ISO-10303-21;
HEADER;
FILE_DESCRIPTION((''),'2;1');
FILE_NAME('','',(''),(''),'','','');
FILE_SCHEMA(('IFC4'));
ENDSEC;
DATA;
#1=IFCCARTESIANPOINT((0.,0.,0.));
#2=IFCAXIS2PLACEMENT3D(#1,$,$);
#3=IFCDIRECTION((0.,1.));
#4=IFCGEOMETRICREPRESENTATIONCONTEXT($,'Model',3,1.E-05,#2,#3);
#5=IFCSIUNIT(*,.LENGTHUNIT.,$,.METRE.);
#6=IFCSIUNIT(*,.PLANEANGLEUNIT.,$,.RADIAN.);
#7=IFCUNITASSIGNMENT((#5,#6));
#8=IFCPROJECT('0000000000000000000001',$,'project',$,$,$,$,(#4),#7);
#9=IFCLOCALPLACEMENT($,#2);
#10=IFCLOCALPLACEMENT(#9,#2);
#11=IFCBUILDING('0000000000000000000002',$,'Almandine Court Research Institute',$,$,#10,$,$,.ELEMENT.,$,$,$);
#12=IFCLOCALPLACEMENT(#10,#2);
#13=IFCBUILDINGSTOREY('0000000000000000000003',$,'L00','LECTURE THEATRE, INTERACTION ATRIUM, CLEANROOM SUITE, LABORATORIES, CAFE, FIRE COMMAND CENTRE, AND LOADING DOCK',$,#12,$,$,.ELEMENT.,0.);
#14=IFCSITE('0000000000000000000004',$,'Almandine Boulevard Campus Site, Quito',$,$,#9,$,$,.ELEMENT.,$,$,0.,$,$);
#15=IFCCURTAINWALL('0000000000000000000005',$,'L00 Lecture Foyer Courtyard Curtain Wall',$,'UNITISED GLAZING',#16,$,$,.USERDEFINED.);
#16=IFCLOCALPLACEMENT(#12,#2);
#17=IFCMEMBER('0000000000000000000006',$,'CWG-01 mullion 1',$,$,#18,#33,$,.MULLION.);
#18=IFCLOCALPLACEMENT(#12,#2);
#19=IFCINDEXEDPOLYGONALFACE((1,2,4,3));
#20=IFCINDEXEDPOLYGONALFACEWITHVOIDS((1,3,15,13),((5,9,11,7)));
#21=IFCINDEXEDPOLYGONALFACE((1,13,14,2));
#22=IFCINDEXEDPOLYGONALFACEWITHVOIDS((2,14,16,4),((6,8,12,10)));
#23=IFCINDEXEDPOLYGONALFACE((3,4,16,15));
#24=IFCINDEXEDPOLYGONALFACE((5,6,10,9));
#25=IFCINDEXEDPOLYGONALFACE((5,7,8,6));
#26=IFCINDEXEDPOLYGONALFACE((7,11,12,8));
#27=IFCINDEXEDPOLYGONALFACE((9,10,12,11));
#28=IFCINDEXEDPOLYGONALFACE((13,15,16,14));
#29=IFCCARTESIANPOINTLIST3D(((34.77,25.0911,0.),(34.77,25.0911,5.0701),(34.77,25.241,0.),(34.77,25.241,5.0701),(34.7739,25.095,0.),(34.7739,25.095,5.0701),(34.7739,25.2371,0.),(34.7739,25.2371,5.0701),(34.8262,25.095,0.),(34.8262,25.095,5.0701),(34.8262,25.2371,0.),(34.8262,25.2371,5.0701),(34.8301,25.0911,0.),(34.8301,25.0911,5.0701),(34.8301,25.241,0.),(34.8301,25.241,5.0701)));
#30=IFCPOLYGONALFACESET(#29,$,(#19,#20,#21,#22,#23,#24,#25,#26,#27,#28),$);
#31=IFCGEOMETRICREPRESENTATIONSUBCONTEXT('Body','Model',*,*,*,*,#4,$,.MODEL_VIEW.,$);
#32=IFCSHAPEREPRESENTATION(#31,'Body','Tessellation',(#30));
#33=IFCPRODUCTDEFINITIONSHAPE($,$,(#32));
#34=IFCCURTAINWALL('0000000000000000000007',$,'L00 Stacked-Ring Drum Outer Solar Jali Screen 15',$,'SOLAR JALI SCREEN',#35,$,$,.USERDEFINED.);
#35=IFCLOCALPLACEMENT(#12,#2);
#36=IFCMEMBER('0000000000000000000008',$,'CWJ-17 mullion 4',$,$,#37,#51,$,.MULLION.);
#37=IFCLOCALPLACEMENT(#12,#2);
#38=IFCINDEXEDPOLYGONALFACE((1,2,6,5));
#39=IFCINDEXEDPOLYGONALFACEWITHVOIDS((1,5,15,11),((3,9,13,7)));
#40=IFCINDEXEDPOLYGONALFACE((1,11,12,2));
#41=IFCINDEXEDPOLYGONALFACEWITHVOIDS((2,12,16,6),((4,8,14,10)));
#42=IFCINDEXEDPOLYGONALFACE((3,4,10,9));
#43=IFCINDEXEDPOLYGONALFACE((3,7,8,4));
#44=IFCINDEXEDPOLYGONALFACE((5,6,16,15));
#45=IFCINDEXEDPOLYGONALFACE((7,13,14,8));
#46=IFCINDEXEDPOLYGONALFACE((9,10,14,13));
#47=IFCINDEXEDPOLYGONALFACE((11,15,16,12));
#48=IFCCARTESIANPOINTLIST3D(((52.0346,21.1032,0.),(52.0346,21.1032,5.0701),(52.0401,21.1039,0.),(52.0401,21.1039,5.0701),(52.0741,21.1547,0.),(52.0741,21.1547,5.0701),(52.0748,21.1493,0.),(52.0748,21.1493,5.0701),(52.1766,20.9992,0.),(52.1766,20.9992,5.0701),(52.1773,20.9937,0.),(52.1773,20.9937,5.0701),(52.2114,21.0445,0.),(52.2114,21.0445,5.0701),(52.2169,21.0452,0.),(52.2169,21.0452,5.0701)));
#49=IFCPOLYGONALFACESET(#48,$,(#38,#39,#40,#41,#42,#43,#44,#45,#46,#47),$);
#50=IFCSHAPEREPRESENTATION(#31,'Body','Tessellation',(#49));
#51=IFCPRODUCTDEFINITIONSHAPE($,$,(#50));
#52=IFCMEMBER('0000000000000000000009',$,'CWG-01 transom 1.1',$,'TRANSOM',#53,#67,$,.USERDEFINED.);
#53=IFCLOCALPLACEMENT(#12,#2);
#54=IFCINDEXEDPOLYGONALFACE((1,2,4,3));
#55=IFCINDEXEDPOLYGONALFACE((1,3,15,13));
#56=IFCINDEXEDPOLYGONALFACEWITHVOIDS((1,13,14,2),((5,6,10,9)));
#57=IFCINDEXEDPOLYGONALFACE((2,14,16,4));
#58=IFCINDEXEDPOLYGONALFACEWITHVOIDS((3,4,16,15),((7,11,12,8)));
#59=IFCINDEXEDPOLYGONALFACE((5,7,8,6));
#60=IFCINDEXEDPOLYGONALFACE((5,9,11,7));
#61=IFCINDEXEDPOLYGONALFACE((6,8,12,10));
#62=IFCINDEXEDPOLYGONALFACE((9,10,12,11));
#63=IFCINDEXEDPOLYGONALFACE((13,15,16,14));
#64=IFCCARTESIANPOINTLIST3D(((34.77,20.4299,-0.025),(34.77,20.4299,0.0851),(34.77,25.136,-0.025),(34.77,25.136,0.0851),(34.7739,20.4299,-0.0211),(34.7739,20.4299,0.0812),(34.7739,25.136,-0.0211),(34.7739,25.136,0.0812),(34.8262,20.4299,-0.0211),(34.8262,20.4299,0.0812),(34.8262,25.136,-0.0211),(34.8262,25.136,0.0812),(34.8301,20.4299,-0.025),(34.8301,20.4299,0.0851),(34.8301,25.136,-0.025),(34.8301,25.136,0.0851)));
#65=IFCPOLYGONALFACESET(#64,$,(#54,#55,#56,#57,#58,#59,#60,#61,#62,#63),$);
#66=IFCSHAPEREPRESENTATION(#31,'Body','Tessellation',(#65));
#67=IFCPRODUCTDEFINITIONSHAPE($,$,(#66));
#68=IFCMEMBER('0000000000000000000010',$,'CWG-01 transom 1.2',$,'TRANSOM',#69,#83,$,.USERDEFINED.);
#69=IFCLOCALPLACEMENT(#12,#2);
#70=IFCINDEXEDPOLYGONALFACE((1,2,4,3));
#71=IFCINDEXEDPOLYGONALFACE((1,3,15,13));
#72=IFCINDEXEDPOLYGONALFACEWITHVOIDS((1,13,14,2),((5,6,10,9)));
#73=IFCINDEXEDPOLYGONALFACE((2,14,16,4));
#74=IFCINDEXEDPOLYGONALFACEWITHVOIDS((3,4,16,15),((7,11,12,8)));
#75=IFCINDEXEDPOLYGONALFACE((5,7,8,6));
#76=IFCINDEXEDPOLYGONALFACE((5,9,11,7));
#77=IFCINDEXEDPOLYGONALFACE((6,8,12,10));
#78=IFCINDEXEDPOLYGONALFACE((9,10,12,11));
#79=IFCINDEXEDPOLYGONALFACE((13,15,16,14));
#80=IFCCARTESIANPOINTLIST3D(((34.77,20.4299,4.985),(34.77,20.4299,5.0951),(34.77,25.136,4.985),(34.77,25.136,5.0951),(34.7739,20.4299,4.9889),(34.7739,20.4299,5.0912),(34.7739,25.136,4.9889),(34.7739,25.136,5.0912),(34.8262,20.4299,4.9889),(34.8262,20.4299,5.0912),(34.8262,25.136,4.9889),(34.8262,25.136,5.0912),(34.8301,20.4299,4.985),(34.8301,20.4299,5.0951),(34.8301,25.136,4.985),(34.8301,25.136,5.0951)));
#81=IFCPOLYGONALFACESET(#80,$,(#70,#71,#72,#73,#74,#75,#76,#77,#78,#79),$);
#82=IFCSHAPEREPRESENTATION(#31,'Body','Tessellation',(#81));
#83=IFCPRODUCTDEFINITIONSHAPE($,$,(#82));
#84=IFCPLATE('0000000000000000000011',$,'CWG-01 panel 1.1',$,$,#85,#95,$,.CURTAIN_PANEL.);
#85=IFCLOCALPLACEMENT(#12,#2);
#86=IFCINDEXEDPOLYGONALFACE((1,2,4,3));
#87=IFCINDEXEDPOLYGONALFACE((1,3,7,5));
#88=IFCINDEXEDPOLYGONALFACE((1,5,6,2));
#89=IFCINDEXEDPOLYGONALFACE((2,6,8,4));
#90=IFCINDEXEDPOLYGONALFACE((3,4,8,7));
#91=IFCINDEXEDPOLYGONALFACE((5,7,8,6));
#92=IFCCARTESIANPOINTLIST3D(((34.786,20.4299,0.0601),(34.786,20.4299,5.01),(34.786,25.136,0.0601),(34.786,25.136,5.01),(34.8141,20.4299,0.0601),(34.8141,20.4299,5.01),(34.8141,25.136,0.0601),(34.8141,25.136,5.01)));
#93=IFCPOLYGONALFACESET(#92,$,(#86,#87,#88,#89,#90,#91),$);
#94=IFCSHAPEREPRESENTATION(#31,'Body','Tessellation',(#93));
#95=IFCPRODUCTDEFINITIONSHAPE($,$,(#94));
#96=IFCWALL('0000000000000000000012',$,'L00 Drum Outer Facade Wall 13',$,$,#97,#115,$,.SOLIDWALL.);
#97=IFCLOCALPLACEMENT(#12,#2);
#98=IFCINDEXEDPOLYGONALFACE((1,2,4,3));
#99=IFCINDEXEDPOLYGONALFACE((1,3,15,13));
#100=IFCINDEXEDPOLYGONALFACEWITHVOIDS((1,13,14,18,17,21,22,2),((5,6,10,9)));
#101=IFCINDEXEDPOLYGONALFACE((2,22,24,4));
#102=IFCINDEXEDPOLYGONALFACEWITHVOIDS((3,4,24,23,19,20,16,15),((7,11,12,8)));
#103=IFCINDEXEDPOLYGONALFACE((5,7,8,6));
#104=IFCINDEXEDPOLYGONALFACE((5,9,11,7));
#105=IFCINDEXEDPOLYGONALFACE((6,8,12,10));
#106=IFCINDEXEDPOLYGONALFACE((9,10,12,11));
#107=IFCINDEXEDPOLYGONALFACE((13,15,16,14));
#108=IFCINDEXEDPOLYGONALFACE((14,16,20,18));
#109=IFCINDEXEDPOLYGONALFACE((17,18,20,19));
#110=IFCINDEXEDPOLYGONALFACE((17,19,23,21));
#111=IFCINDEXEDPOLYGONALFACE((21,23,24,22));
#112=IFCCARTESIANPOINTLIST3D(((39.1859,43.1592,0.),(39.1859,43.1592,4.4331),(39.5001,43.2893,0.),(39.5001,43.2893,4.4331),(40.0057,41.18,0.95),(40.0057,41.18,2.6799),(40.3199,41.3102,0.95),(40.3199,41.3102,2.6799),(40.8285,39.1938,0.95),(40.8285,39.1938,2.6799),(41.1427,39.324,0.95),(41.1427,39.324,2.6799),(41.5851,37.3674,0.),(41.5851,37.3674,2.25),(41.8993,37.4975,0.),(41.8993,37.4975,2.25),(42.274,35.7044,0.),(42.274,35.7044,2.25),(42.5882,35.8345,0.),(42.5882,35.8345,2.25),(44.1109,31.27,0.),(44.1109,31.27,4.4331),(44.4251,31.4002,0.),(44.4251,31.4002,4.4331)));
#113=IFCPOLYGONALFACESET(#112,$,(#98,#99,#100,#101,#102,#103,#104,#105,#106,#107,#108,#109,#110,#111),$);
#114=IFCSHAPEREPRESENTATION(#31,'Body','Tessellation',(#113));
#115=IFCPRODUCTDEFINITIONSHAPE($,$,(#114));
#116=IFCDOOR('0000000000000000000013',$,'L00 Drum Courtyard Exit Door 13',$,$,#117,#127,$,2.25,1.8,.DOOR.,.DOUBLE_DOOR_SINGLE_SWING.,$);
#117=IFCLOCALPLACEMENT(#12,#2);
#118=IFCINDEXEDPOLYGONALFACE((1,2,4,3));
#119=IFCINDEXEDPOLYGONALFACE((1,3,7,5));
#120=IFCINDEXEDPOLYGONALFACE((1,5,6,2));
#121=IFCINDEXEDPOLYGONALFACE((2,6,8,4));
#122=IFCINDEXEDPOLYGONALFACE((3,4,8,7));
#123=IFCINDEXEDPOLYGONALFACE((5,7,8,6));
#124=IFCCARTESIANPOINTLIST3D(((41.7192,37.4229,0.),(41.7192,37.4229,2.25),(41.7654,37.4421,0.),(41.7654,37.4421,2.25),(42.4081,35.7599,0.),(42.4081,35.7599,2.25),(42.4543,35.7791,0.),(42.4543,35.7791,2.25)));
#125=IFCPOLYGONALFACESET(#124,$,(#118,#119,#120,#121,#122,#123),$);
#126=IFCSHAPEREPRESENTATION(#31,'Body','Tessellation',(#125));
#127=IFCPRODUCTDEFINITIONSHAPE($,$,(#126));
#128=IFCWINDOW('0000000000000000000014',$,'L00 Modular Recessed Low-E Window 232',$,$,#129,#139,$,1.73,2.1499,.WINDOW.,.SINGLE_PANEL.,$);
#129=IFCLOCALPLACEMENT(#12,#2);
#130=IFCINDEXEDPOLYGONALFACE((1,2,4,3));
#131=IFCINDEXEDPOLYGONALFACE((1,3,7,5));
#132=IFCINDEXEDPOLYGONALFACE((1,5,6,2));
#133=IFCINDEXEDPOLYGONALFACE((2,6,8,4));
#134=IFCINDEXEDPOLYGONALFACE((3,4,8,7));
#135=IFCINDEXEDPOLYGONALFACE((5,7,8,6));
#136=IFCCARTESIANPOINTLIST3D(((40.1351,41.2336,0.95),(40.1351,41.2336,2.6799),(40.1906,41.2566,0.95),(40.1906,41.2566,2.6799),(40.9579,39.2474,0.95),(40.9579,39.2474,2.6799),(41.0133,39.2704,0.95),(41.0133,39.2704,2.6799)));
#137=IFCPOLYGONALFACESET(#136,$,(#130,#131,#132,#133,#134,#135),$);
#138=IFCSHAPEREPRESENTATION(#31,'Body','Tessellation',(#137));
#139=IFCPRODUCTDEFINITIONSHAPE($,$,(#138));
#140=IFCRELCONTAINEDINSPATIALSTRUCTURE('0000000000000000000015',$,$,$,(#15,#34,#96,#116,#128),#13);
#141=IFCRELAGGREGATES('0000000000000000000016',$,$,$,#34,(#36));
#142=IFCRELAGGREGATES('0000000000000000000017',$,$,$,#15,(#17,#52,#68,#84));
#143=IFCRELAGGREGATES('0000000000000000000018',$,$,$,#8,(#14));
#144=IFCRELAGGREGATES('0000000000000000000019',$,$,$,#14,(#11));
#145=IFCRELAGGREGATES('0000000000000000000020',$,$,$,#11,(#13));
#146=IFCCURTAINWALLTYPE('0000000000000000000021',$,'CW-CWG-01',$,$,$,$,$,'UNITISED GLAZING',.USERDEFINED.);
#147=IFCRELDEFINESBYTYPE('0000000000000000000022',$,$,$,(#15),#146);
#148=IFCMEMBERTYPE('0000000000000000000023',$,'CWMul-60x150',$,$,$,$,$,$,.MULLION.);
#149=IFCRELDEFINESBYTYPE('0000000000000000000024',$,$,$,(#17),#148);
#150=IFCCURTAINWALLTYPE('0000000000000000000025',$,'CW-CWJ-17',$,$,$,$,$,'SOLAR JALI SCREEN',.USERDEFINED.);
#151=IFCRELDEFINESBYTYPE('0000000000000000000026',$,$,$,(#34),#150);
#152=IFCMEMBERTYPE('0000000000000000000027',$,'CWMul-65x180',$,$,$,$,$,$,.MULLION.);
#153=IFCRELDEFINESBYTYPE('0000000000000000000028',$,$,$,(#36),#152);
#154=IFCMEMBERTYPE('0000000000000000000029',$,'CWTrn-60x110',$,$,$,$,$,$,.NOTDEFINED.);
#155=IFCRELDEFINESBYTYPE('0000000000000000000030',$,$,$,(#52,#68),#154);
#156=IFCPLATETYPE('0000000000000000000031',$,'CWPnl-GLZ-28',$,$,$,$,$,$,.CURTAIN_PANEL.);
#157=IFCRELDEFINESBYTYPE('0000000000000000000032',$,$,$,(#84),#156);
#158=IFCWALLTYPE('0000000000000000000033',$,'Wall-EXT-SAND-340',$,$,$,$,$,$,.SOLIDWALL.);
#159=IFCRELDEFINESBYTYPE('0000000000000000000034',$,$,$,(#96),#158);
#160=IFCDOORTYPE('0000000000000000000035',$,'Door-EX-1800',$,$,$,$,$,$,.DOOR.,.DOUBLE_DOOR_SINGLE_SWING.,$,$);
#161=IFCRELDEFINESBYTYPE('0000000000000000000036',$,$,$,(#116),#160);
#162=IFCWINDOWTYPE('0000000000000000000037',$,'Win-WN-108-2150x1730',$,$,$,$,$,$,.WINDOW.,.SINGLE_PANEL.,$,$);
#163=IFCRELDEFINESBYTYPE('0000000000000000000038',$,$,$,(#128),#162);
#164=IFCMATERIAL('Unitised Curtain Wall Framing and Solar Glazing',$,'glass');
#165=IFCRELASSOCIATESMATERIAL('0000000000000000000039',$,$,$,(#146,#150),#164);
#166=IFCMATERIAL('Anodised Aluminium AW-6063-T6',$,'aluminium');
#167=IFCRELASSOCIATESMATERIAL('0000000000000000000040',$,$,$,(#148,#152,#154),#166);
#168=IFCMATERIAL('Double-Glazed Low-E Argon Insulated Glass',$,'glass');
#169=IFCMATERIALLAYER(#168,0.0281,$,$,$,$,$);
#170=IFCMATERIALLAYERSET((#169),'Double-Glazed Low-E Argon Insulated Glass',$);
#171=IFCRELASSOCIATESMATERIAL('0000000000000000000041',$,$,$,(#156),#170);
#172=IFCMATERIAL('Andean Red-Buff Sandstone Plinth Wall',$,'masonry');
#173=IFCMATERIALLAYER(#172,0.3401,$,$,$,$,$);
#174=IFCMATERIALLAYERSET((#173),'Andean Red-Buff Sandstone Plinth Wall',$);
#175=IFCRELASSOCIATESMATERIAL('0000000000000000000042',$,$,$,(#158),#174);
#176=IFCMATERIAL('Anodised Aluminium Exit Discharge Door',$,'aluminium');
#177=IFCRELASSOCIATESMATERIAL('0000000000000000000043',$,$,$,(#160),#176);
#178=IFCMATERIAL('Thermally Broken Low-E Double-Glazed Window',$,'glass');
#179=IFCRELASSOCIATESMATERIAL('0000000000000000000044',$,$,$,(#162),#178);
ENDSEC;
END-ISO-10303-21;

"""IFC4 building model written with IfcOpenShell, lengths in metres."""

from ifc_helpers import new_model, si_unit, direction, frame, frame_2d, origin, origin_2d, place, context, subcontext, project, spatial, rectangle, hollow_rectangle, extrude, material, layer, layer_set, material_profile, profile_set, type_object, element, fill, aggregate, save


model = new_model("IFC4")

# Units and contexts
model_context = context("Model", 3, precision=1e-05, world=origin(), true_north=direction((0.0, 1.0)))
body_context = subcontext(model_context, "Body", "Model", "MODEL_VIEW")
ifc_project = project(units=[si_unit("LENGTHUNIT", "METRE"), si_unit("PLANEANGLEUNIT", "RADIAN")], contexts=[model_context])

# Site, building, storey
site_placement = place(None, origin())
site = spatial("IfcSite", under=ifc_project, at=site_placement, Name="Almandine Boulevard Campus Site, Quito", CompositionType="ELEMENT", RefElevation=0.0)
building_placement = place(site_placement, origin())
building = spatial("IfcBuilding", under=site, at=building_placement, Name="Almandine Court Research Institute", CompositionType="ELEMENT")
storey_placement = place(building_placement, origin())
storey = spatial("IfcBuildingStorey", under=building, at=storey_placement, Name="L00", Description="LECTURE THEATRE, INTERACTION ATRIUM, CLEANROOM SUITE, LABORATORIES, CAFE, FIRE COMMAND CENTRE, AND LOADING DOCK", CompositionType="ELEMENT", Elevation=0.0)

# Curtain walls, members
ifc_material_1 = material(Name="Unitised Curtain Wall Framing and Solar Glazing", Category="glass")
curtain_wall_type_1 = type_object("IfcCurtainWallType", Name="CW-CWG-01", ElementType="UNITISED GLAZING", PredefinedType="USERDEFINED", material=ifc_material_1)
curtain_wall_1_placement = place(storey_placement, origin())
curtain_wall_1 = element("IfcCurtainWall", 1, at=curtain_wall_1_placement, inside=storey, type_object=curtain_wall_type_1, Name="L00 Lecture Foyer Courtyard Curtain Wall", ObjectType="UNITISED GLAZING", PredefinedType="USERDEFINED")
ifc_material_2 = material(Name="Anodised Aluminium AW-6063-T6", Category="aluminium")
ifc_material_profile_1 = material_profile(ifc_material_2, hollow_rectangle(XDim=0.0601, YDim=0.1499, WallThickness=0.0039, at=origin_2d()), Name="ALU RHS 60x150x4")
ifc_profile_set_1 = profile_set([ifc_material_profile_1], Name="Anodised Aluminium AW-6063-T6")
member_type_1 = type_object("IfcMemberType", Name="CWMul-60x150", PredefinedType="MULLION", material=ifc_profile_set_1)
member_1_placement = place(storey_placement, frame((34.8, 25.166, 0.0), z_axis=(0.0, 0.0, 1.0), x_axis=(1.0, 0.0, 0.0)))
member_1 = element("IfcMember", 2, at=member_1_placement, type_object=member_type_1, Name="CWG-01 mullion 1", PredefinedType="MULLION", context=body_context, shape_type="SweptSolid", body=[
    extrude(hollow_rectangle(XDim=0.0601, YDim=0.1499, WallThickness=0.0039, at=origin_2d()), origin(), (0.0, 0.0, 1.0), 5.0701),
])
curtain_wall_type_2 = type_object("IfcCurtainWallType", Name="CW-CWJ-17", ElementType="SOLAR JALI SCREEN", PredefinedType="USERDEFINED", material=ifc_material_1)
curtain_wall_2_placement = place(storey_placement, origin())
curtain_wall_2 = element("IfcCurtainWall", 3, at=curtain_wall_2_placement, inside=storey, type_object=curtain_wall_type_2, Name="L00 Stacked-Ring Drum Outer Solar Jali Screen 15", ObjectType="SOLAR JALI SCREEN", PredefinedType="USERDEFINED")
ifc_material_profile_2 = material_profile(ifc_material_2, hollow_rectangle(XDim=0.0649, YDim=0.1799, WallThickness=0.0039, at=origin_2d()), Name="ALU RHS 65x180x4")
ifc_profile_set_2 = profile_set([ifc_material_profile_2], Name="Anodised Aluminium AW-6063-T6")
member_type_2 = type_object("IfcMemberType", Name="CWMul-65x180", PredefinedType="MULLION", material=ifc_profile_set_2)
member_2_placement = place(storey_placement, frame((52.1257, 21.0742, 0.0), z_axis=(0.0, 0.0, 1.0), x_axis=(-0.608723, -0.793383, 0.0)))
member_2 = element("IfcMember", 4, at=member_2_placement, type_object=member_type_2, Name="CWJ-17 mullion 4", PredefinedType="MULLION", context=body_context, shape_type="SweptSolid", body=[
    extrude(hollow_rectangle(XDim=0.0649, YDim=0.1799, WallThickness=0.0039, at=origin_2d()), origin(), (0.0, 0.0, 1.0), 5.0701),
])
aggregate(curtain_wall_2, [member_2])

# Members
ifc_material_profile_3 = material_profile(ifc_material_2, hollow_rectangle(XDim=0.0601, YDim=0.1101, WallThickness=0.0039, at=origin_2d()), Name="ALU RHS 60x110x4")
ifc_profile_set_3 = profile_set([ifc_material_profile_3], Name="Anodised Aluminium AW-6063-T6")
member_type_3 = type_object("IfcMemberType", Name="CWTrn-60x110", PredefinedType="NOTDEFINED", material=ifc_profile_set_3)
member_3_placement = place(storey_placement, frame((34.8, 25.136, 0.03), z_axis=(0.0, -1.0, 0.0), x_axis=(1.0, 0.0, 0.0)))
member_3 = element("IfcMember", 5, at=member_3_placement, type_object=member_type_3, Name="CWG-01 transom 1.1", ObjectType="TRANSOM", PredefinedType="USERDEFINED", context=body_context, shape_type="SweptSolid", body=[
    extrude(hollow_rectangle(XDim=0.0601, YDim=0.1101, WallThickness=0.0039, at=origin_2d()), origin(), (0.0, 0.0, 1.0), 4.7061),
])
member_4_placement = place(storey_placement, frame((34.8, 25.136, 5.04), z_axis=(0.0, -1.0, 0.0), x_axis=(1.0, 0.0, 0.0)))
member_4 = element("IfcMember", 6, at=member_4_placement, type_object=member_type_3, Name="CWG-01 transom 1.2", ObjectType="TRANSOM", PredefinedType="USERDEFINED", context=body_context, shape_type="SweptSolid", body=[
    extrude(hollow_rectangle(XDim=0.0601, YDim=0.1101, WallThickness=0.0039, at=origin_2d()), origin(), (0.0, 0.0, 1.0), 4.7061),
])

# Plate
ifc_material_3 = material(Name="Double-Glazed Low-E Argon Insulated Glass", Category="glass")
ifc_layer_1 = layer(ifc_material_3, 0.0281)
ifc_layer_set_1 = layer_set([ifc_layer_1], Name="Double-Glazed Low-E Argon Insulated Glass")
plate_type = type_object("IfcPlateType", Name="CWPnl-GLZ-28", PredefinedType="CURTAIN_PANEL", material=ifc_layer_set_1)
plate_placement = place(storey_placement, frame((34.8, 22.783, 0.0601), z_axis=(0.0, 0.0, 1.0), x_axis=(0.0, -1.0, 0.0)))
plate = element("IfcPlate", 7, at=plate_placement, type_object=plate_type, Name="CWG-01 panel 1.1", PredefinedType="CURTAIN_PANEL", context=body_context, shape_type="SweptSolid", body=[
    extrude(rectangle(XDim=4.7061, YDim=0.0281, at=origin_2d()), origin(), (0.0, 0.0, 1.0), 4.95),
])
aggregate(curtain_wall_1, [member_1, member_3, member_4, plate])

# Wall, openings, door, window
ifc_material_4 = material(Name="Andean Red-Buff Sandstone Plinth Wall", Category="masonry")
ifc_layer_2 = layer(ifc_material_4, 0.3401)
ifc_layer_set_2 = layer_set([ifc_layer_2], Name="Andean Red-Buff Sandstone Plinth Wall")
wall_type_1 = type_object("IfcWallType", Name="Wall-EXT-SAND-340", PredefinedType="SOLIDWALL", material=ifc_layer_set_2)
wall_1_placement = place(storey_placement, frame((44.2681, 31.335, 0.0), z_axis=(0.0, 0.0, 1.0), x_axis=(-0.38271, 0.923869, 0.0)))
wall_1 = element("IfcWall", 8, at=wall_1_placement, inside=storey, type_object=wall_type_1, Name="L00 Drum Outer Facade Wall 13", PredefinedType="SOLIDWALL", context=body_context, shape_type="SweptSolid", body=[
    extrude(rectangle(XDim=12.8689, YDim=0.3401, at=frame_2d((6.4346, 0.0))), origin(), (0.0, 0.0, 1.0), 4.4331),
])
opening_1_placement = place(wall_1_placement, frame((4.8, 0.0, 0.0)))
opening_1 = element("IfcOpeningElement", 9, at=opening_1_placement, cuts=wall_1, PredefinedType="OPENING", context=body_context, shape_type="SweptSolid", body=[
    extrude(rectangle(XDim=1.8, YDim=2.25, at=frame_2d((0.8999, 1.125))), frame((0.0, 0.1799, 0.0), z_axis=(0.0, -1.0, 0.0), x_axis=(1.0, 0.0, 0.0)), (0.0, 0.0, 1.0), 0.3601),
])
opening_2_placement = place(wall_1_placement, frame((8.5769, 0.0, 0.95)))
opening_2 = element("IfcOpeningElement", 10, at=opening_2_placement, cuts=wall_1, PredefinedType="OPENING", context=body_context, shape_type="SweptSolid", body=[
    extrude(rectangle(XDim=2.1499, YDim=1.73, at=frame_2d((1.075, 0.865))), frame((0.0, 0.1799, 0.0), z_axis=(0.0, -1.0, 0.0), x_axis=(1.0, 0.0, 0.0)), (0.0, 0.0, 1.0), 0.3601),
])
ifc_material_5 = material(Name="Anodised Aluminium Exit Discharge Door", Category="aluminium")
door_type_1 = type_object("IfcDoorType", Name="Door-EX-1800", OperationType="DOUBLE_DOOR_SINGLE_SWING", PredefinedType="DOOR", material=ifc_material_5)
door_1_placement = place(opening_1_placement, origin())
door_1 = element("IfcDoor", 11, at=door_1_placement, inside=storey, type_object=door_type_1, Name="L00 Drum Courtyard Exit Door 13", OperationType="DOUBLE_DOOR_SINGLE_SWING", OverallHeight=2.25, OverallWidth=1.8, PredefinedType="DOOR", context=body_context, shape_type="SweptSolid", body=[
    extrude(rectangle(XDim=1.8, YDim=2.25, at=frame_2d((0.8999, 1.125))), frame((0.0, 0.0249, 0.0), z_axis=(0.0, -1.0, 0.0), x_axis=(1.0, 0.0, 0.0)), (0.0, 0.0, 1.0), 0.05),
])
fill(opening_1, door_1)
ifc_material_6 = material(Name="Thermally Broken Low-E Double-Glazed Window", Category="glass")
window_type_1 = type_object("IfcWindowType", Name="Win-WN-108-2150x1730", PartitioningType="SINGLE_PANEL", PredefinedType="WINDOW", material=ifc_material_6)
window_1_placement = place(opening_2_placement, origin())
window_1 = element("IfcWindow", 12, at=window_1_placement, inside=storey, type_object=window_type_1, Name="L00 Modular Recessed Low-E Window 232", OverallHeight=1.73, OverallWidth=2.1499, PartitioningType="SINGLE_PANEL", PredefinedType="WINDOW", context=body_context, shape_type="SweptSolid", body=[
    extrude(rectangle(XDim=2.1499, YDim=1.73, at=frame_2d((1.075, 0.865))), frame((0.0, 0.03, 0.0), z_axis=(0.0, -1.0, 0.0), x_axis=(1.0, 0.0, 0.0)), (0.0, 0.0, 1.0), 0.0601),
])
fill(opening_2, window_1)

save(model, "model.ifc")
